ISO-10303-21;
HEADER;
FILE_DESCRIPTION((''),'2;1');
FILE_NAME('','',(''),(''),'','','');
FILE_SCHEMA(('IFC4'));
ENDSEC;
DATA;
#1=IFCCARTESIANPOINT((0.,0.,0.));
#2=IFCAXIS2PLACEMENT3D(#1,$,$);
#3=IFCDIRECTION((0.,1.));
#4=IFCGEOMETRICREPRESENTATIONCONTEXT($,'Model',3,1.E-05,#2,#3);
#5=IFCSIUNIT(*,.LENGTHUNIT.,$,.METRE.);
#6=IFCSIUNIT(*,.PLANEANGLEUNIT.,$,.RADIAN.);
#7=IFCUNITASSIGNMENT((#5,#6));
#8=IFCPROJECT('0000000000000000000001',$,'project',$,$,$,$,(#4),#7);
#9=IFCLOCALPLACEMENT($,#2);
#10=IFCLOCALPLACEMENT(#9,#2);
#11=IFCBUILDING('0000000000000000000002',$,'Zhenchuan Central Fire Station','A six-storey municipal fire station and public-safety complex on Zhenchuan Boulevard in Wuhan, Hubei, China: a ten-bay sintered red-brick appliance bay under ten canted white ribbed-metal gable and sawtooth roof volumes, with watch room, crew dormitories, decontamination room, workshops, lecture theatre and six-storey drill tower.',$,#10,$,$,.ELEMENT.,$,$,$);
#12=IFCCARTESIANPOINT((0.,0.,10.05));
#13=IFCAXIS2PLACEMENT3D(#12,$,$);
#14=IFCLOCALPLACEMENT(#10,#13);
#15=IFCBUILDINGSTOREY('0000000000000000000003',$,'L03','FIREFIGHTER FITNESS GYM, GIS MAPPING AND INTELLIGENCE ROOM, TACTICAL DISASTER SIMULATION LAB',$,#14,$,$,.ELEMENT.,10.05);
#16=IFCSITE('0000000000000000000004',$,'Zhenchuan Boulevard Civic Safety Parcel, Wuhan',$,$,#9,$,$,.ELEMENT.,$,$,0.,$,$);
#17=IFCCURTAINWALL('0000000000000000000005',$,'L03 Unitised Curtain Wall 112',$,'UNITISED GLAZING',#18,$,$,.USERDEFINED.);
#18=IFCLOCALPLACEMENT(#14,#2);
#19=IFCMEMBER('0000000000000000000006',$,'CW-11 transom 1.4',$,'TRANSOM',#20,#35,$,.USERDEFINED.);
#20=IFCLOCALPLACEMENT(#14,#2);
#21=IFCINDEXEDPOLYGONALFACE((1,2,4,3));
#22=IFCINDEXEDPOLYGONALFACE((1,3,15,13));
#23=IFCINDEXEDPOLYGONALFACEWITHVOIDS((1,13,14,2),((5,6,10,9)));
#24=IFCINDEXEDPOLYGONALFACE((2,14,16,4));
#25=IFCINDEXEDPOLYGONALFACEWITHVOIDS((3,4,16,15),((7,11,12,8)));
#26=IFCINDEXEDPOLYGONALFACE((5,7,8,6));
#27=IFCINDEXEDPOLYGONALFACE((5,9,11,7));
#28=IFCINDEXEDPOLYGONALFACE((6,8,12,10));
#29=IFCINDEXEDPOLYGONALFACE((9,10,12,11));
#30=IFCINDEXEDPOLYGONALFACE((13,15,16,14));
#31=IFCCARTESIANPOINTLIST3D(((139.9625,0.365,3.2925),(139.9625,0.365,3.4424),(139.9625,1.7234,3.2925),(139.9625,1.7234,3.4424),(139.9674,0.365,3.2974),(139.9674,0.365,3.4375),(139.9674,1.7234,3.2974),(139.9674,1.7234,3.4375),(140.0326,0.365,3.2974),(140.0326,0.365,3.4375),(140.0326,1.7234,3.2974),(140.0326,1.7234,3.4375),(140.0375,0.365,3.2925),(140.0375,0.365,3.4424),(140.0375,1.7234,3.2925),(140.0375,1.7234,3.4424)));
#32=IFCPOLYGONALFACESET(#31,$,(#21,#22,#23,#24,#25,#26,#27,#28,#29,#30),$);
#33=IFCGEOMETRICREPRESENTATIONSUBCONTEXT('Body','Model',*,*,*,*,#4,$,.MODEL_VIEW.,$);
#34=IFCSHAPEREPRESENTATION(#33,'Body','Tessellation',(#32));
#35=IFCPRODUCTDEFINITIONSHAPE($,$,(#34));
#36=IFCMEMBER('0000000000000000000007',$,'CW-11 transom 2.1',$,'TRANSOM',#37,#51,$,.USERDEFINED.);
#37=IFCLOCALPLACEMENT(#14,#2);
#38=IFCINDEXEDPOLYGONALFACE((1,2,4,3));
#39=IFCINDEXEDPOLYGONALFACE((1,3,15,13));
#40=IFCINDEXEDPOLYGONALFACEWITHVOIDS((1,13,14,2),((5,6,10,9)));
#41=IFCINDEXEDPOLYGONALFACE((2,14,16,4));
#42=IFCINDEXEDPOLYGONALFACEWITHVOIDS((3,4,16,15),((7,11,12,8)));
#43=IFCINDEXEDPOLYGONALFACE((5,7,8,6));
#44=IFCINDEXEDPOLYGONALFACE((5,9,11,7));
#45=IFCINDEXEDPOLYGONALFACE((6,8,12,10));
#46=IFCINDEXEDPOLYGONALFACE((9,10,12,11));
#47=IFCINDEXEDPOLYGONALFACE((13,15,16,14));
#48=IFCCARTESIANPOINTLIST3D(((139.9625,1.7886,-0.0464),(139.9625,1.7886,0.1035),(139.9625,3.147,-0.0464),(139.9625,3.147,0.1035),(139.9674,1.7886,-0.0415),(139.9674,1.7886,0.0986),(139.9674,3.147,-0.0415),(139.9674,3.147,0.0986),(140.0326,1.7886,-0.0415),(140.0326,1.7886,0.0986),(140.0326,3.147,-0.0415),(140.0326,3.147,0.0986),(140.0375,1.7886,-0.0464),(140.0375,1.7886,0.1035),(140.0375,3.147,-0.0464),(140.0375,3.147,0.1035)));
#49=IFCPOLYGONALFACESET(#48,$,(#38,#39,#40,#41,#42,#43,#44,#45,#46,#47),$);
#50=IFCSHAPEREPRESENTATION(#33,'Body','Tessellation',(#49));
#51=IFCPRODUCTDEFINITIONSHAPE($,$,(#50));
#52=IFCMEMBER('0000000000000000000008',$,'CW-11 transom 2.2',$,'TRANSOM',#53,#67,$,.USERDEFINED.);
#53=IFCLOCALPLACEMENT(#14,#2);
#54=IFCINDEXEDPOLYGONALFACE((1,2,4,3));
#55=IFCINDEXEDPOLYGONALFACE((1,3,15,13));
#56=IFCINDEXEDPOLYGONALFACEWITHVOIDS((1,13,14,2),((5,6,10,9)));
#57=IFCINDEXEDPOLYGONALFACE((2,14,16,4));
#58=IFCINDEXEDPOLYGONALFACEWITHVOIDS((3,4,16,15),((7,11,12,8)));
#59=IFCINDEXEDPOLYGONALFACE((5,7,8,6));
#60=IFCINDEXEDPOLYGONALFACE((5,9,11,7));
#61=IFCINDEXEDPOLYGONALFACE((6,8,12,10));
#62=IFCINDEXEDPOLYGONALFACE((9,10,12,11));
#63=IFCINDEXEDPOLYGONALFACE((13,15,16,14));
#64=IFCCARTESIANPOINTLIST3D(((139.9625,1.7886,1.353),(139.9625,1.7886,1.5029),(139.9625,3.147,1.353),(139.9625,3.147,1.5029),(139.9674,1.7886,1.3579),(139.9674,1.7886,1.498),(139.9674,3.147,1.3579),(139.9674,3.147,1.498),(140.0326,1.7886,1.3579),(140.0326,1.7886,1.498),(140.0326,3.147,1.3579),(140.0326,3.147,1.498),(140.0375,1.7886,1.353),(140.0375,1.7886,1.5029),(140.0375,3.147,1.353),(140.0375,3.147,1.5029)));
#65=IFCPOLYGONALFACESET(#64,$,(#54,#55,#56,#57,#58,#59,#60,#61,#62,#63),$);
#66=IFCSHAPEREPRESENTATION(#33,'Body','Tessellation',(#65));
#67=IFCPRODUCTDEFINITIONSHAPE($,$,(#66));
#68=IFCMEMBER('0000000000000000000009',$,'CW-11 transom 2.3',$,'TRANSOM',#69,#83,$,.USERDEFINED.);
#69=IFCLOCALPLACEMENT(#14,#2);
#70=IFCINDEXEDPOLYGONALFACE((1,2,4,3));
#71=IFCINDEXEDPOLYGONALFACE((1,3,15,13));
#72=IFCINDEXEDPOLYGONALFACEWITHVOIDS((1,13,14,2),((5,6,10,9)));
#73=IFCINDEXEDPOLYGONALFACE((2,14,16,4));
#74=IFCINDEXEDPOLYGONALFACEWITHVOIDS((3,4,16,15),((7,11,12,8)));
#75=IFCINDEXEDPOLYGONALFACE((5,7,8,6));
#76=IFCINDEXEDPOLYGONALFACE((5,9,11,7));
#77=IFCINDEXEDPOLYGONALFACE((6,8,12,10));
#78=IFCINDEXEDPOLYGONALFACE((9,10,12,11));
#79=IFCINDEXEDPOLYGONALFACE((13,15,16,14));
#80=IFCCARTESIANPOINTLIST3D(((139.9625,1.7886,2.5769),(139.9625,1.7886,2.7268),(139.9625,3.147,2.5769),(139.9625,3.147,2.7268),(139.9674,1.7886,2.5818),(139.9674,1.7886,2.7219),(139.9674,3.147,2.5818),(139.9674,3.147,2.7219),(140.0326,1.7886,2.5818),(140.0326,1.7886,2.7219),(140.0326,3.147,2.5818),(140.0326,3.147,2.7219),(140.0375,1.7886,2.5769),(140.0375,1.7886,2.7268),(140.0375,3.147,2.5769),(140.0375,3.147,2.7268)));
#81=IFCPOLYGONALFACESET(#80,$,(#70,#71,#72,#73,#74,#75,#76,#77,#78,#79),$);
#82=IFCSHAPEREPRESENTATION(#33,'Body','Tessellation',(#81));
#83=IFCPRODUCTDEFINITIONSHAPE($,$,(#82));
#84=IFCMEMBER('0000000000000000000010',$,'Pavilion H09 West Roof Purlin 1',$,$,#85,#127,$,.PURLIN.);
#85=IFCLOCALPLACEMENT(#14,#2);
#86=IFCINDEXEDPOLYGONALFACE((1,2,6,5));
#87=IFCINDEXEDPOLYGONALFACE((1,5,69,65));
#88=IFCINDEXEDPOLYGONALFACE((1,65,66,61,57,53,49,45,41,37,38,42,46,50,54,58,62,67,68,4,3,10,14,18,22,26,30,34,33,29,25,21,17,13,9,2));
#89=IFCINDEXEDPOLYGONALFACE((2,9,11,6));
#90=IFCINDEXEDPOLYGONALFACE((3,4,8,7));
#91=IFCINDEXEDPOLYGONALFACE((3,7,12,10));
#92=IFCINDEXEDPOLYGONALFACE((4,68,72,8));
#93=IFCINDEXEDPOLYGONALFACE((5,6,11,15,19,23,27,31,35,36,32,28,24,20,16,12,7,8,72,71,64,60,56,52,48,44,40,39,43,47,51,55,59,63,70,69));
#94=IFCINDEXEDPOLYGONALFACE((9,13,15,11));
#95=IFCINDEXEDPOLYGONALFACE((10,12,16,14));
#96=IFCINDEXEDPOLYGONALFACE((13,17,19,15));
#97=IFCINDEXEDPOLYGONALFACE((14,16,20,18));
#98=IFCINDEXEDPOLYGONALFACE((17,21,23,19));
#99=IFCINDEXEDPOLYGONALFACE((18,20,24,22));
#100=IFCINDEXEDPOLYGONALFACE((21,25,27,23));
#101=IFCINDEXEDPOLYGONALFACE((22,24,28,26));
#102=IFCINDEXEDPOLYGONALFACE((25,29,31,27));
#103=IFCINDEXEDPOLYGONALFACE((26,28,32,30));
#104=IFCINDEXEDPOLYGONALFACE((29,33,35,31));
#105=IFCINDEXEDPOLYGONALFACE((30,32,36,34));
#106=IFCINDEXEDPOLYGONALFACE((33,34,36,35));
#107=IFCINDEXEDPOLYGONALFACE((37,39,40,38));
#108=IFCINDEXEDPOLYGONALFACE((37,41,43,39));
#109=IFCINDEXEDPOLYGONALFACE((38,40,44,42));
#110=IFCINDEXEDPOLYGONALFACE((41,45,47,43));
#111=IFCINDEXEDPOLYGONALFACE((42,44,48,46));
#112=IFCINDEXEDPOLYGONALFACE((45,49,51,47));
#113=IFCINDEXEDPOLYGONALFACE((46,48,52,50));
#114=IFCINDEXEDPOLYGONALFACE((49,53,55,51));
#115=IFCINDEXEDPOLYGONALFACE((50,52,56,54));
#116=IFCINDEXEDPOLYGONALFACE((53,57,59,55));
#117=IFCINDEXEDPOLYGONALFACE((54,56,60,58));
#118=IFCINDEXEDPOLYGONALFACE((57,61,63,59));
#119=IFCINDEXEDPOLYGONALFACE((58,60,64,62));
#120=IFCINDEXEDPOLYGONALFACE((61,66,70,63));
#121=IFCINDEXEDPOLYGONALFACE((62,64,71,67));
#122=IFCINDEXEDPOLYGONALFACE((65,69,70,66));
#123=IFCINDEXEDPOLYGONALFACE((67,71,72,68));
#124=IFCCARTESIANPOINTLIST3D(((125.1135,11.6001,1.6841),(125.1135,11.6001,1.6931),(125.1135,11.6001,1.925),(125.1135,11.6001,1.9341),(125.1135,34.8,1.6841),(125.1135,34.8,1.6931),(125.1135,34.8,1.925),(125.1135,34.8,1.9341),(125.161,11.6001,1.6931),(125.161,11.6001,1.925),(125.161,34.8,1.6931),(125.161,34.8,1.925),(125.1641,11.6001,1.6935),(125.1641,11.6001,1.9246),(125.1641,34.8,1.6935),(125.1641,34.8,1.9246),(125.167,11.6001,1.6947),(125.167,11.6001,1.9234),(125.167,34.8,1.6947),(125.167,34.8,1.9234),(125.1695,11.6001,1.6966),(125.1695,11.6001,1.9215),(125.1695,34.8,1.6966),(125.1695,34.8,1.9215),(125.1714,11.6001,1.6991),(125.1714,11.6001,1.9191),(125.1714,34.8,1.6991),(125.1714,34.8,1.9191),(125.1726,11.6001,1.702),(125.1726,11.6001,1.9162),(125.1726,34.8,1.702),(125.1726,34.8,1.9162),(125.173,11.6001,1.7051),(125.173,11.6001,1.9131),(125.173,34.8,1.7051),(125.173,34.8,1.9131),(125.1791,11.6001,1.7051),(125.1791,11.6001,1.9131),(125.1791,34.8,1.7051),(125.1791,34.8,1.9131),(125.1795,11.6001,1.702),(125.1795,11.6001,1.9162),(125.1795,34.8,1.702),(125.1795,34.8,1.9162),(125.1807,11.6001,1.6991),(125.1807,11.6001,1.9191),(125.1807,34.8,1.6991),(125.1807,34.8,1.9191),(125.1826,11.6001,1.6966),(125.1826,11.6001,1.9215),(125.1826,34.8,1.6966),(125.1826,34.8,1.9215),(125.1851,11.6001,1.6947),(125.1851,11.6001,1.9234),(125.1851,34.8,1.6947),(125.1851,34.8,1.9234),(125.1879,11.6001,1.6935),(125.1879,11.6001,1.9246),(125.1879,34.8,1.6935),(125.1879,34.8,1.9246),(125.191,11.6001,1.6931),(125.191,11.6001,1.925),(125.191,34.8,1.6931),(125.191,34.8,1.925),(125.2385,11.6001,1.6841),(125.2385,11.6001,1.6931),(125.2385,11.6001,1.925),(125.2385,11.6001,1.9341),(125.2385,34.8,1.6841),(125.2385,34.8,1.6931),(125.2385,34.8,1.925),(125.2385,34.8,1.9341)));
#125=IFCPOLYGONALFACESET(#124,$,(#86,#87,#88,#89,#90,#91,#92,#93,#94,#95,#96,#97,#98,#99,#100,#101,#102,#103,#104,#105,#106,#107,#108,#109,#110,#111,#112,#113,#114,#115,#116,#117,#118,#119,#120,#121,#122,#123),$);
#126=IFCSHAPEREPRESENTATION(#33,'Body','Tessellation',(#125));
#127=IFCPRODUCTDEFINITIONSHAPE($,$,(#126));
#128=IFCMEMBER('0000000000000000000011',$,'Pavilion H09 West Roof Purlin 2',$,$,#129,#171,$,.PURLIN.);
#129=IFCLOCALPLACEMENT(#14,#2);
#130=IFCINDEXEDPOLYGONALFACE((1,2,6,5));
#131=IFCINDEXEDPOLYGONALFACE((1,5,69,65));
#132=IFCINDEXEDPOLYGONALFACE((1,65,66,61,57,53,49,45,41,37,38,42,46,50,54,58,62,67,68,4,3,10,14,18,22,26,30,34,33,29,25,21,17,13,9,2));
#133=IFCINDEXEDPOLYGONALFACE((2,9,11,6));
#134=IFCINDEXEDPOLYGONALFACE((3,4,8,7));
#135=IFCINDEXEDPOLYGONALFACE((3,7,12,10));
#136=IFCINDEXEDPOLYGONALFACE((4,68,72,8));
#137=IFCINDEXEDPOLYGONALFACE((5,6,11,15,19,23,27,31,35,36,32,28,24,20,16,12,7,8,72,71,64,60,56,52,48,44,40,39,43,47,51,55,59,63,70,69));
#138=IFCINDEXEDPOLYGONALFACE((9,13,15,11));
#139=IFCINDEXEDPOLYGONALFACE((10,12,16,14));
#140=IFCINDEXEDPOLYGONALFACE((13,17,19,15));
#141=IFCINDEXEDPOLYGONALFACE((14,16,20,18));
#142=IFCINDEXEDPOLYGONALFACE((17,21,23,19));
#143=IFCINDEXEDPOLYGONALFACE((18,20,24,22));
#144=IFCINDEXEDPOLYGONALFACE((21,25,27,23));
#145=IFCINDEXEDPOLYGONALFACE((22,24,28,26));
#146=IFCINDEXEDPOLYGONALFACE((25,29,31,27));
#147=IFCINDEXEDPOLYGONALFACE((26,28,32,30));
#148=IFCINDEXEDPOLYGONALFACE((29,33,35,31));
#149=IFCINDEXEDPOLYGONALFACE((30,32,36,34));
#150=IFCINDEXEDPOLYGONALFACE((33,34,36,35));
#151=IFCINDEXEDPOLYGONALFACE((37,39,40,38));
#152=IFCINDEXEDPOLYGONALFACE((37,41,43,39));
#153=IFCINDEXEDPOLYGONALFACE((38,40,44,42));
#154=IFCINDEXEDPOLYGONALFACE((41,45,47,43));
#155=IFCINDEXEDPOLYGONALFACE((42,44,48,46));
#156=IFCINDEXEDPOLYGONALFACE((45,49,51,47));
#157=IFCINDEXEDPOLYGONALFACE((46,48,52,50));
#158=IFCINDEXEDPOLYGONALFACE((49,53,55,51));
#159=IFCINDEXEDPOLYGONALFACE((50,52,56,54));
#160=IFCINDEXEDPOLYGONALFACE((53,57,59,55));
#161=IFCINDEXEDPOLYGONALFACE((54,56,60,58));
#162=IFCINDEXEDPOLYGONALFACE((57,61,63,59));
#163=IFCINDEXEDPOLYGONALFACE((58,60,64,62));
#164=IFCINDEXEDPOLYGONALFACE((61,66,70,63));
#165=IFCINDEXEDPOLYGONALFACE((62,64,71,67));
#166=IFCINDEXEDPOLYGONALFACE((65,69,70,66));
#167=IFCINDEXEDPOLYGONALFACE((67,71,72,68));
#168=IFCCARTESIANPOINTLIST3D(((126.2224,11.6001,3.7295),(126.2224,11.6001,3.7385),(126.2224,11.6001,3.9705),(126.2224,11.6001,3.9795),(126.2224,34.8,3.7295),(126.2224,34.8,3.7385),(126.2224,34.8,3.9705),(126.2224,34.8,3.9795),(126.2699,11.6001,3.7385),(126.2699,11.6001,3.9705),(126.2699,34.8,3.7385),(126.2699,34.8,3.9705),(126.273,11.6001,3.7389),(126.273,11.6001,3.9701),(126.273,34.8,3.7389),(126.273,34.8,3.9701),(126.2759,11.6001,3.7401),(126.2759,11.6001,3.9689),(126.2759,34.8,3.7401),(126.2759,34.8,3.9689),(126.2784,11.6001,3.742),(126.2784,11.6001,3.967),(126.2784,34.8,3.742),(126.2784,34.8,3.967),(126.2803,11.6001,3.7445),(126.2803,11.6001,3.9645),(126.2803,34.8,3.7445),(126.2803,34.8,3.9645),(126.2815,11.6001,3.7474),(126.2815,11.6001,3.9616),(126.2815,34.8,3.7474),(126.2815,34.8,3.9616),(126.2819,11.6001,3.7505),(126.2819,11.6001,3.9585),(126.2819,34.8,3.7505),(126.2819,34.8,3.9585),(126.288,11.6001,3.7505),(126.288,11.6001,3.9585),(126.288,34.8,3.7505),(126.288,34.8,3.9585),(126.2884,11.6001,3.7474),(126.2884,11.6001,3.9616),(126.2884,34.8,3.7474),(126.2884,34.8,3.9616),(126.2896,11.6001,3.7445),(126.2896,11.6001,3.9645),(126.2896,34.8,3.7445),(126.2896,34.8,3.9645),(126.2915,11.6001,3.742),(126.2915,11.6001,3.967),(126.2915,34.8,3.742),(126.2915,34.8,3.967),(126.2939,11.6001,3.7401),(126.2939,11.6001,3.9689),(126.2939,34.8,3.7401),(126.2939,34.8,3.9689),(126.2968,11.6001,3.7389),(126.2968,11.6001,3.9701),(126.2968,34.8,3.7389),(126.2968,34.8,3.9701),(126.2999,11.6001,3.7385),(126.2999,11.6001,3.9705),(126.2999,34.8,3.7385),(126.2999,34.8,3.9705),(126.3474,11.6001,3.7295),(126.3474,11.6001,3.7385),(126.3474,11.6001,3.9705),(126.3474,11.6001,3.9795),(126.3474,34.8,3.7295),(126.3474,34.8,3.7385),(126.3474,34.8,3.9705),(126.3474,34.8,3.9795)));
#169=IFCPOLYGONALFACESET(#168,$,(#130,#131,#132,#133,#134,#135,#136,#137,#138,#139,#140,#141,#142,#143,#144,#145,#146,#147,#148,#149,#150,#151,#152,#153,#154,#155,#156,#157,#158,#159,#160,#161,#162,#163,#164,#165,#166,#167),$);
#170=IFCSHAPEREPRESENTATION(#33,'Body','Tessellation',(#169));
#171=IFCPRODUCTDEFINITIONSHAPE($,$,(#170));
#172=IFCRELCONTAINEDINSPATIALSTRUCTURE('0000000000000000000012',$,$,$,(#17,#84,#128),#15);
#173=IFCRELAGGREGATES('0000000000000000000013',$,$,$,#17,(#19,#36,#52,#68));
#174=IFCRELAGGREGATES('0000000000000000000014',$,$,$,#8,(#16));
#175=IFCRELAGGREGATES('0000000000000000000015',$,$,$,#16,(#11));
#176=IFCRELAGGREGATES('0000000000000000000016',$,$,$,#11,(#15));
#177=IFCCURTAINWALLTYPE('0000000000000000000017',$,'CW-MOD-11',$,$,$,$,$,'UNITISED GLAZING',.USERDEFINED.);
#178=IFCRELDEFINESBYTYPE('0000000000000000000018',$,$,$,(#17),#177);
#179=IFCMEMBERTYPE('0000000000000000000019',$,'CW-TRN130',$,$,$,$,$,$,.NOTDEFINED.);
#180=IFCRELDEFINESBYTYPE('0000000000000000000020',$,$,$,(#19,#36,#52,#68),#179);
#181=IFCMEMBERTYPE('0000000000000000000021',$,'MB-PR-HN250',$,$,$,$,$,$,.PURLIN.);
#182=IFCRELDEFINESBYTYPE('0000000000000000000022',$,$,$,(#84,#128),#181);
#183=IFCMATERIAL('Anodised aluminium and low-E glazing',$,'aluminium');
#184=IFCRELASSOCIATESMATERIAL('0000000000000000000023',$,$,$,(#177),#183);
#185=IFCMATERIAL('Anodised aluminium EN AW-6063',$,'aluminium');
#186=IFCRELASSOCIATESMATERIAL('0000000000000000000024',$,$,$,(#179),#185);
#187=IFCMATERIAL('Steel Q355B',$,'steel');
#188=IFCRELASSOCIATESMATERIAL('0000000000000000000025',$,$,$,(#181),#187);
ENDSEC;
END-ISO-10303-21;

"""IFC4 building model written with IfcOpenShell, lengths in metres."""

from ifc_helpers import new_model, si_unit, direction, frame, origin, origin_2d, place, context, subcontext, project, spatial, hollow_rectangle, i_section, extrude, material, material_profile, profile_set, type_object, element, aggregate, save


model = new_model("IFC4")

# Units and contexts
model_context = context("Model", 3, precision=1e-05, world=origin(), true_north=direction((0.0, 1.0)))
body_context = subcontext(model_context, "Body", "Model", "MODEL_VIEW")
ifc_project = project(units=[si_unit("LENGTHUNIT", "METRE"), si_unit("PLANEANGLEUNIT", "RADIAN")], contexts=[model_context])

# Site, building, storey
site_placement = place(None, origin())
site = spatial("IfcSite", under=ifc_project, at=site_placement, Name="Zhenchuan Boulevard Civic Safety Parcel, Wuhan", CompositionType="ELEMENT", RefElevation=0.0)
building_placement = place(site_placement, origin())
building = spatial("IfcBuilding", under=site, at=building_placement, Name="Zhenchuan Central Fire Station", Description="A six-storey municipal fire station and public-safety complex on Zhenchuan Boulevard in Wuhan, Hubei, China: a ten-bay sintered red-brick appliance bay under ten canted white ribbed-metal gable and sawtooth roof volumes, with watch room, crew dormitories, decontamination room, workshops, lecture theatre and six-storey drill tower.", CompositionType="ELEMENT")
storey_placement = place(building_placement, frame((0.0, 0.0, 10.05)))
storey = spatial("IfcBuildingStorey", under=building, at=storey_placement, Name="L03", Description="FIREFIGHTER FITNESS GYM, GIS MAPPING AND INTELLIGENCE ROOM, TACTICAL DISASTER SIMULATION LAB", CompositionType="ELEMENT", Elevation=10.05)

# Shared definitions
ifc_material_1 = material(Name="Steel Q355B", Category="steel")

# Curtain wall, members
ifc_material_2 = material(Name="Anodised aluminium and low-E glazing", Category="aluminium")
curtain_wall_type = type_object("IfcCurtainWallType", Name="CW-MOD-11", ElementType="UNITISED GLAZING", PredefinedType="USERDEFINED", material=ifc_material_2)
curtain_wall_placement = place(storey_placement, origin())
curtain_wall = element("IfcCurtainWall", 1, at=curtain_wall_placement, inside=storey, type_object=curtain_wall_type, Name="L03 Unitised Curtain Wall 112", ObjectType="UNITISED GLAZING", PredefinedType="USERDEFINED")
ifc_material_3 = material(Name="Anodised aluminium EN AW-6063", Category="aluminium")
ifc_material_profile_1 = material_profile(ifc_material_3, hollow_rectangle(XDim=0.075, YDim=0.1499, WallThickness=0.0049, at=origin_2d()), Name="ALU-T 150x75")
ifc_profile_set_1 = profile_set([ifc_material_profile_1], Name="Anodised aluminium EN AW-6063")
member_type_1 = type_object("IfcMemberType", Name="CW-TRN130", PredefinedType="NOTDEFINED", material=ifc_profile_set_1)
member_1_placement = place(storey_placement, frame((140.0, 0.365, 3.3674), z_axis=(0.0, 1.0, 0.0), x_axis=(-1.0, 0.0, 0.0)))
member_1 = element("IfcMember", 2, at=member_1_placement, type_object=member_type_1, Name="CW-11 transom 1.4", ObjectType="TRANSOM", PredefinedType="USERDEFINED", context=body_context, shape_type="SweptSolid", body=[
    extrude(hollow_rectangle(XDim=0.075, YDim=0.1499, WallThickness=0.0049, at=origin_2d()), origin(), (0.0, 0.0, 1.0), 1.3584),
])
member_2_placement = place(storey_placement, frame((140.0, 1.7886, 0.0286), z_axis=(0.0, 1.0, 0.0), x_axis=(-1.0, 0.0, 0.0)))
member_2 = element("IfcMember", 3, at=member_2_placement, type_object=member_type_1, Name="CW-11 transom 2.1", ObjectType="TRANSOM", PredefinedType="USERDEFINED", context=body_context, shape_type="SweptSolid", body=[
    extrude(hollow_rectangle(XDim=0.075, YDim=0.1499, WallThickness=0.0049, at=origin_2d()), origin(), (0.0, 0.0, 1.0), 1.3584),
])
member_3_placement = place(storey_placement, frame((140.0, 1.7886, 1.428), z_axis=(0.0, 1.0, 0.0), x_axis=(-1.0, 0.0, 0.0)))
member_3 = element("IfcMember", 4, at=member_3_placement, type_object=member_type_1, Name="CW-11 transom 2.2", ObjectType="TRANSOM", PredefinedType="USERDEFINED", context=body_context, shape_type="SweptSolid", body=[
    extrude(hollow_rectangle(XDim=0.075, YDim=0.1499, WallThickness=0.0049, at=origin_2d()), origin(), (0.0, 0.0, 1.0), 1.3584),
])
member_4_placement = place(storey_placement, frame((140.0, 1.7886, 2.6519), z_axis=(0.0, 1.0, 0.0), x_axis=(-1.0, 0.0, 0.0)))
member_4 = element("IfcMember", 5, at=member_4_placement, type_object=member_type_1, Name="CW-11 transom 2.3", ObjectType="TRANSOM", PredefinedType="USERDEFINED", context=body_context, shape_type="SweptSolid", body=[
    extrude(hollow_rectangle(XDim=0.075, YDim=0.1499, WallThickness=0.0049, at=origin_2d()), origin(), (0.0, 0.0, 1.0), 1.3584),
])

# Members
ifc_material_profile_2 = material_profile(ifc_material_1, i_section(OverallWidth=0.125, OverallDepth=0.25, WebThickness=0.0061, FlangeThickness=0.009, FilletRadius=0.012, at=origin_2d()), Name="HN 250x125")
ifc_profile_set_2 = profile_set([ifc_material_profile_2], Name="Steel Q355B")
member_type_2 = type_object("IfcMemberType", Name="MB-PR-HN250", PredefinedType="PURLIN", material=ifc_profile_set_2)
for number, where, z_axis, x_axis, name in (
    (6, (125.176, 11.6001, 1.8091), (0.0, 1.0, 0.0), (-1.0, 0.0, 0.0), "Pavilion H09 West Roof Purlin 1"),
    (7, (126.2849, 11.6001, 3.8545), (0.0, 1.0, 0.0), (-1.0, 0.0, 0.0), "Pavilion H09 West Roof Purlin 2"),
):
    element("IfcMember", number, at=place(storey_placement, frame(where, z_axis=z_axis, x_axis=x_axis)), inside=storey, type_object=member_type_2, Name=name, PredefinedType="PURLIN", context=body_context, shape_type="SweptSolid", body=[
        extrude(i_section(OverallWidth=0.125, OverallDepth=0.25, WebThickness=0.0061, FlangeThickness=0.009, FilletRadius=0.012, at=origin_2d()), origin(), (0.0, 0.0, 1.0), 23.2),
    ])

aggregate(curtain_wall, [member_1, member_2, member_3, member_4])

save(model, "model.ifc")
